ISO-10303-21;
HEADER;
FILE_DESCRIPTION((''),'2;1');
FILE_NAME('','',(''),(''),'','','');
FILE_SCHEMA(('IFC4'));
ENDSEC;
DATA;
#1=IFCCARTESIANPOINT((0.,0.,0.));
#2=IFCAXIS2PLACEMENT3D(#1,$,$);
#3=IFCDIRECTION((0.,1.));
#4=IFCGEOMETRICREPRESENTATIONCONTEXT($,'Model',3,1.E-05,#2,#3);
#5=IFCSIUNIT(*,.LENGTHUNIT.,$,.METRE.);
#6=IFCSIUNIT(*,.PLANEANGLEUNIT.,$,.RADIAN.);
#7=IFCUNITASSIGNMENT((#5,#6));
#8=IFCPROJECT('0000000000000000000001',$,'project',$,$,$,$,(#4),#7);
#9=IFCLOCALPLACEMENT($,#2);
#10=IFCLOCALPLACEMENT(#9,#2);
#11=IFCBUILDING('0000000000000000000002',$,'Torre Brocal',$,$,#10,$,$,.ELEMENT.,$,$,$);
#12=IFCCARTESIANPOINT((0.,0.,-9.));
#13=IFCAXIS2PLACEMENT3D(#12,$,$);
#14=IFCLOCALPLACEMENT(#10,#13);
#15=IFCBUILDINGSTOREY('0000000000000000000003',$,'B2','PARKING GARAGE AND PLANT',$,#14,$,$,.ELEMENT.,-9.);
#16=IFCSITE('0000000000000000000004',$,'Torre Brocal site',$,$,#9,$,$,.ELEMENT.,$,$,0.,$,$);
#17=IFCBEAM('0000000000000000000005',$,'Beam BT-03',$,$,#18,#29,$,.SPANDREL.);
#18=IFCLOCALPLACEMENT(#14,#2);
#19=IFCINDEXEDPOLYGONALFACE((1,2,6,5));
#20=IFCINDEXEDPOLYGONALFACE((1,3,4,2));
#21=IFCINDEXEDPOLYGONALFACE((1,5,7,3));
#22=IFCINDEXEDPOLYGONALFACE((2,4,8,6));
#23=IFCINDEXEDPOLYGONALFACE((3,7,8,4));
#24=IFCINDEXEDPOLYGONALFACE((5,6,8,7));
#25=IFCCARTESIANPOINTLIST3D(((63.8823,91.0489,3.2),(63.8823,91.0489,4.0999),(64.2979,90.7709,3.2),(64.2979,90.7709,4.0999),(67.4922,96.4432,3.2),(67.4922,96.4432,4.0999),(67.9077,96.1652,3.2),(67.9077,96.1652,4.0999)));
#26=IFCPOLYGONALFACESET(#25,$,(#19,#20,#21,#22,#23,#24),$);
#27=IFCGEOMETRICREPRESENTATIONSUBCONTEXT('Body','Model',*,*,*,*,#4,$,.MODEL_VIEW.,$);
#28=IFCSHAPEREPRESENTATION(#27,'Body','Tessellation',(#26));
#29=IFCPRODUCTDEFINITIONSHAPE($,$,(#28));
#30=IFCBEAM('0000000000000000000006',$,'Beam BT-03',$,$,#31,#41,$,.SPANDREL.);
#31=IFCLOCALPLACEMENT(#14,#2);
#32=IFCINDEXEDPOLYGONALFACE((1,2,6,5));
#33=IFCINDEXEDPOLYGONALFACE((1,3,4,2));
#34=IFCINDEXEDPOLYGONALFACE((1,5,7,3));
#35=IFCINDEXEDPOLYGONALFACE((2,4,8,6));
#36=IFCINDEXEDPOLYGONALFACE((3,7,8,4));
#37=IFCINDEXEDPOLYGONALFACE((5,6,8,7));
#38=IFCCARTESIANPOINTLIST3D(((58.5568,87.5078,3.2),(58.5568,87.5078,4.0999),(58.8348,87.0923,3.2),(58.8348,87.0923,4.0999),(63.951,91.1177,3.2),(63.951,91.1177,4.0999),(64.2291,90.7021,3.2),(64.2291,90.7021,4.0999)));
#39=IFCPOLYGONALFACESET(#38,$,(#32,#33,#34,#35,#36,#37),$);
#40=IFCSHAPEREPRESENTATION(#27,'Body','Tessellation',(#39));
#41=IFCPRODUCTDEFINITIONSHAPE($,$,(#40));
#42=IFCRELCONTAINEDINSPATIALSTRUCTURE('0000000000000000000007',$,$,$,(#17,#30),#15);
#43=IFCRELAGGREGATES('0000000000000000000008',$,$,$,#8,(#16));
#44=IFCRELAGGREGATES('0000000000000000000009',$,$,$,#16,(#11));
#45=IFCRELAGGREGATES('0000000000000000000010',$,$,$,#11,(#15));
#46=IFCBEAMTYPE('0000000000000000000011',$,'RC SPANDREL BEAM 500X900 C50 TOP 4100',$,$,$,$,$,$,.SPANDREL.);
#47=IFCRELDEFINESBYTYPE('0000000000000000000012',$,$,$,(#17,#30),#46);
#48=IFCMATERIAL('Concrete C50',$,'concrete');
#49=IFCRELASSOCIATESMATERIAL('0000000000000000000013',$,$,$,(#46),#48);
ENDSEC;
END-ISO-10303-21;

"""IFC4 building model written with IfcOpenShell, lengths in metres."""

from ifc_helpers import new_model, si_unit, direction, frame, origin, origin_2d, place, context, subcontext, project, spatial, rectangle, extrude, material, material_profile, profile_set, type_object, element, save


model = new_model("IFC4")

# Units and contexts
model_context = context("Model", 3, precision=1e-05, world=origin(), true_north=direction((0.0, 1.0)))
body_context = subcontext(model_context, "Body", "Model", "MODEL_VIEW")
ifc_project = project(units=[si_unit("LENGTHUNIT", "METRE"), si_unit("PLANEANGLEUNIT", "RADIAN")], contexts=[model_context])

# Site, building, storey
site_placement = place(None, origin())
site = spatial("IfcSite", under=ifc_project, at=site_placement, Name="Torre Brocal site", CompositionType="ELEMENT", RefElevation=0.0)
building_placement = place(site_placement, origin())
building = spatial("IfcBuilding", under=site, at=building_placement, Name="Torre Brocal", CompositionType="ELEMENT")
storey_placement = place(building_placement, frame((0.0, 0.0, -9.0)))
storey = spatial("IfcBuildingStorey", under=building, at=storey_placement, Name="B2", Description="PARKING GARAGE AND PLANT", CompositionType="ELEMENT", Elevation=-9.0)

# Beams
ifc_material_1 = material(Name="Concrete C50", Category="concrete")
ifc_material_profile_1 = material_profile(ifc_material_1, rectangle(XDim=0.5, YDim=0.8999, at=origin_2d()), Name="RC 500X900")
ifc_profile_set_1 = profile_set([ifc_material_profile_1], Name="Concrete C50")
beam_type_1 = type_object("IfcBeamType", Name="RC SPANDREL BEAM 500X900 C50 TOP 4100", PredefinedType="SPANDREL", material=ifc_profile_set_1)
for number, where, z_axis, x_axis, name in (
    (1, (67.7, 96.3042, 3.6499), (-0.556158, -0.831077, 0.0), (0.831077, -0.556158, 0.0), "Beam BT-03"),
    (2, (64.0901, 90.9099, 3.6499), (-0.831077, -0.556158, 0.0), (0.556158, -0.831077, 0.0), "Beam BT-03"),
):
    element("IfcBeam", number, at=place(storey_placement, frame(where, z_axis=z_axis, x_axis=x_axis)), inside=storey, type_object=beam_type_1, Name=name, PredefinedType="SPANDREL", context=body_context, shape_type="SweptSolid", body=[
        extrude(rectangle(XDim=0.5, YDim=0.8999, at=origin_2d()), origin(), (0.0, 0.0, 1.0), 6.4907),
    ])

save(model, "model.ifc")
